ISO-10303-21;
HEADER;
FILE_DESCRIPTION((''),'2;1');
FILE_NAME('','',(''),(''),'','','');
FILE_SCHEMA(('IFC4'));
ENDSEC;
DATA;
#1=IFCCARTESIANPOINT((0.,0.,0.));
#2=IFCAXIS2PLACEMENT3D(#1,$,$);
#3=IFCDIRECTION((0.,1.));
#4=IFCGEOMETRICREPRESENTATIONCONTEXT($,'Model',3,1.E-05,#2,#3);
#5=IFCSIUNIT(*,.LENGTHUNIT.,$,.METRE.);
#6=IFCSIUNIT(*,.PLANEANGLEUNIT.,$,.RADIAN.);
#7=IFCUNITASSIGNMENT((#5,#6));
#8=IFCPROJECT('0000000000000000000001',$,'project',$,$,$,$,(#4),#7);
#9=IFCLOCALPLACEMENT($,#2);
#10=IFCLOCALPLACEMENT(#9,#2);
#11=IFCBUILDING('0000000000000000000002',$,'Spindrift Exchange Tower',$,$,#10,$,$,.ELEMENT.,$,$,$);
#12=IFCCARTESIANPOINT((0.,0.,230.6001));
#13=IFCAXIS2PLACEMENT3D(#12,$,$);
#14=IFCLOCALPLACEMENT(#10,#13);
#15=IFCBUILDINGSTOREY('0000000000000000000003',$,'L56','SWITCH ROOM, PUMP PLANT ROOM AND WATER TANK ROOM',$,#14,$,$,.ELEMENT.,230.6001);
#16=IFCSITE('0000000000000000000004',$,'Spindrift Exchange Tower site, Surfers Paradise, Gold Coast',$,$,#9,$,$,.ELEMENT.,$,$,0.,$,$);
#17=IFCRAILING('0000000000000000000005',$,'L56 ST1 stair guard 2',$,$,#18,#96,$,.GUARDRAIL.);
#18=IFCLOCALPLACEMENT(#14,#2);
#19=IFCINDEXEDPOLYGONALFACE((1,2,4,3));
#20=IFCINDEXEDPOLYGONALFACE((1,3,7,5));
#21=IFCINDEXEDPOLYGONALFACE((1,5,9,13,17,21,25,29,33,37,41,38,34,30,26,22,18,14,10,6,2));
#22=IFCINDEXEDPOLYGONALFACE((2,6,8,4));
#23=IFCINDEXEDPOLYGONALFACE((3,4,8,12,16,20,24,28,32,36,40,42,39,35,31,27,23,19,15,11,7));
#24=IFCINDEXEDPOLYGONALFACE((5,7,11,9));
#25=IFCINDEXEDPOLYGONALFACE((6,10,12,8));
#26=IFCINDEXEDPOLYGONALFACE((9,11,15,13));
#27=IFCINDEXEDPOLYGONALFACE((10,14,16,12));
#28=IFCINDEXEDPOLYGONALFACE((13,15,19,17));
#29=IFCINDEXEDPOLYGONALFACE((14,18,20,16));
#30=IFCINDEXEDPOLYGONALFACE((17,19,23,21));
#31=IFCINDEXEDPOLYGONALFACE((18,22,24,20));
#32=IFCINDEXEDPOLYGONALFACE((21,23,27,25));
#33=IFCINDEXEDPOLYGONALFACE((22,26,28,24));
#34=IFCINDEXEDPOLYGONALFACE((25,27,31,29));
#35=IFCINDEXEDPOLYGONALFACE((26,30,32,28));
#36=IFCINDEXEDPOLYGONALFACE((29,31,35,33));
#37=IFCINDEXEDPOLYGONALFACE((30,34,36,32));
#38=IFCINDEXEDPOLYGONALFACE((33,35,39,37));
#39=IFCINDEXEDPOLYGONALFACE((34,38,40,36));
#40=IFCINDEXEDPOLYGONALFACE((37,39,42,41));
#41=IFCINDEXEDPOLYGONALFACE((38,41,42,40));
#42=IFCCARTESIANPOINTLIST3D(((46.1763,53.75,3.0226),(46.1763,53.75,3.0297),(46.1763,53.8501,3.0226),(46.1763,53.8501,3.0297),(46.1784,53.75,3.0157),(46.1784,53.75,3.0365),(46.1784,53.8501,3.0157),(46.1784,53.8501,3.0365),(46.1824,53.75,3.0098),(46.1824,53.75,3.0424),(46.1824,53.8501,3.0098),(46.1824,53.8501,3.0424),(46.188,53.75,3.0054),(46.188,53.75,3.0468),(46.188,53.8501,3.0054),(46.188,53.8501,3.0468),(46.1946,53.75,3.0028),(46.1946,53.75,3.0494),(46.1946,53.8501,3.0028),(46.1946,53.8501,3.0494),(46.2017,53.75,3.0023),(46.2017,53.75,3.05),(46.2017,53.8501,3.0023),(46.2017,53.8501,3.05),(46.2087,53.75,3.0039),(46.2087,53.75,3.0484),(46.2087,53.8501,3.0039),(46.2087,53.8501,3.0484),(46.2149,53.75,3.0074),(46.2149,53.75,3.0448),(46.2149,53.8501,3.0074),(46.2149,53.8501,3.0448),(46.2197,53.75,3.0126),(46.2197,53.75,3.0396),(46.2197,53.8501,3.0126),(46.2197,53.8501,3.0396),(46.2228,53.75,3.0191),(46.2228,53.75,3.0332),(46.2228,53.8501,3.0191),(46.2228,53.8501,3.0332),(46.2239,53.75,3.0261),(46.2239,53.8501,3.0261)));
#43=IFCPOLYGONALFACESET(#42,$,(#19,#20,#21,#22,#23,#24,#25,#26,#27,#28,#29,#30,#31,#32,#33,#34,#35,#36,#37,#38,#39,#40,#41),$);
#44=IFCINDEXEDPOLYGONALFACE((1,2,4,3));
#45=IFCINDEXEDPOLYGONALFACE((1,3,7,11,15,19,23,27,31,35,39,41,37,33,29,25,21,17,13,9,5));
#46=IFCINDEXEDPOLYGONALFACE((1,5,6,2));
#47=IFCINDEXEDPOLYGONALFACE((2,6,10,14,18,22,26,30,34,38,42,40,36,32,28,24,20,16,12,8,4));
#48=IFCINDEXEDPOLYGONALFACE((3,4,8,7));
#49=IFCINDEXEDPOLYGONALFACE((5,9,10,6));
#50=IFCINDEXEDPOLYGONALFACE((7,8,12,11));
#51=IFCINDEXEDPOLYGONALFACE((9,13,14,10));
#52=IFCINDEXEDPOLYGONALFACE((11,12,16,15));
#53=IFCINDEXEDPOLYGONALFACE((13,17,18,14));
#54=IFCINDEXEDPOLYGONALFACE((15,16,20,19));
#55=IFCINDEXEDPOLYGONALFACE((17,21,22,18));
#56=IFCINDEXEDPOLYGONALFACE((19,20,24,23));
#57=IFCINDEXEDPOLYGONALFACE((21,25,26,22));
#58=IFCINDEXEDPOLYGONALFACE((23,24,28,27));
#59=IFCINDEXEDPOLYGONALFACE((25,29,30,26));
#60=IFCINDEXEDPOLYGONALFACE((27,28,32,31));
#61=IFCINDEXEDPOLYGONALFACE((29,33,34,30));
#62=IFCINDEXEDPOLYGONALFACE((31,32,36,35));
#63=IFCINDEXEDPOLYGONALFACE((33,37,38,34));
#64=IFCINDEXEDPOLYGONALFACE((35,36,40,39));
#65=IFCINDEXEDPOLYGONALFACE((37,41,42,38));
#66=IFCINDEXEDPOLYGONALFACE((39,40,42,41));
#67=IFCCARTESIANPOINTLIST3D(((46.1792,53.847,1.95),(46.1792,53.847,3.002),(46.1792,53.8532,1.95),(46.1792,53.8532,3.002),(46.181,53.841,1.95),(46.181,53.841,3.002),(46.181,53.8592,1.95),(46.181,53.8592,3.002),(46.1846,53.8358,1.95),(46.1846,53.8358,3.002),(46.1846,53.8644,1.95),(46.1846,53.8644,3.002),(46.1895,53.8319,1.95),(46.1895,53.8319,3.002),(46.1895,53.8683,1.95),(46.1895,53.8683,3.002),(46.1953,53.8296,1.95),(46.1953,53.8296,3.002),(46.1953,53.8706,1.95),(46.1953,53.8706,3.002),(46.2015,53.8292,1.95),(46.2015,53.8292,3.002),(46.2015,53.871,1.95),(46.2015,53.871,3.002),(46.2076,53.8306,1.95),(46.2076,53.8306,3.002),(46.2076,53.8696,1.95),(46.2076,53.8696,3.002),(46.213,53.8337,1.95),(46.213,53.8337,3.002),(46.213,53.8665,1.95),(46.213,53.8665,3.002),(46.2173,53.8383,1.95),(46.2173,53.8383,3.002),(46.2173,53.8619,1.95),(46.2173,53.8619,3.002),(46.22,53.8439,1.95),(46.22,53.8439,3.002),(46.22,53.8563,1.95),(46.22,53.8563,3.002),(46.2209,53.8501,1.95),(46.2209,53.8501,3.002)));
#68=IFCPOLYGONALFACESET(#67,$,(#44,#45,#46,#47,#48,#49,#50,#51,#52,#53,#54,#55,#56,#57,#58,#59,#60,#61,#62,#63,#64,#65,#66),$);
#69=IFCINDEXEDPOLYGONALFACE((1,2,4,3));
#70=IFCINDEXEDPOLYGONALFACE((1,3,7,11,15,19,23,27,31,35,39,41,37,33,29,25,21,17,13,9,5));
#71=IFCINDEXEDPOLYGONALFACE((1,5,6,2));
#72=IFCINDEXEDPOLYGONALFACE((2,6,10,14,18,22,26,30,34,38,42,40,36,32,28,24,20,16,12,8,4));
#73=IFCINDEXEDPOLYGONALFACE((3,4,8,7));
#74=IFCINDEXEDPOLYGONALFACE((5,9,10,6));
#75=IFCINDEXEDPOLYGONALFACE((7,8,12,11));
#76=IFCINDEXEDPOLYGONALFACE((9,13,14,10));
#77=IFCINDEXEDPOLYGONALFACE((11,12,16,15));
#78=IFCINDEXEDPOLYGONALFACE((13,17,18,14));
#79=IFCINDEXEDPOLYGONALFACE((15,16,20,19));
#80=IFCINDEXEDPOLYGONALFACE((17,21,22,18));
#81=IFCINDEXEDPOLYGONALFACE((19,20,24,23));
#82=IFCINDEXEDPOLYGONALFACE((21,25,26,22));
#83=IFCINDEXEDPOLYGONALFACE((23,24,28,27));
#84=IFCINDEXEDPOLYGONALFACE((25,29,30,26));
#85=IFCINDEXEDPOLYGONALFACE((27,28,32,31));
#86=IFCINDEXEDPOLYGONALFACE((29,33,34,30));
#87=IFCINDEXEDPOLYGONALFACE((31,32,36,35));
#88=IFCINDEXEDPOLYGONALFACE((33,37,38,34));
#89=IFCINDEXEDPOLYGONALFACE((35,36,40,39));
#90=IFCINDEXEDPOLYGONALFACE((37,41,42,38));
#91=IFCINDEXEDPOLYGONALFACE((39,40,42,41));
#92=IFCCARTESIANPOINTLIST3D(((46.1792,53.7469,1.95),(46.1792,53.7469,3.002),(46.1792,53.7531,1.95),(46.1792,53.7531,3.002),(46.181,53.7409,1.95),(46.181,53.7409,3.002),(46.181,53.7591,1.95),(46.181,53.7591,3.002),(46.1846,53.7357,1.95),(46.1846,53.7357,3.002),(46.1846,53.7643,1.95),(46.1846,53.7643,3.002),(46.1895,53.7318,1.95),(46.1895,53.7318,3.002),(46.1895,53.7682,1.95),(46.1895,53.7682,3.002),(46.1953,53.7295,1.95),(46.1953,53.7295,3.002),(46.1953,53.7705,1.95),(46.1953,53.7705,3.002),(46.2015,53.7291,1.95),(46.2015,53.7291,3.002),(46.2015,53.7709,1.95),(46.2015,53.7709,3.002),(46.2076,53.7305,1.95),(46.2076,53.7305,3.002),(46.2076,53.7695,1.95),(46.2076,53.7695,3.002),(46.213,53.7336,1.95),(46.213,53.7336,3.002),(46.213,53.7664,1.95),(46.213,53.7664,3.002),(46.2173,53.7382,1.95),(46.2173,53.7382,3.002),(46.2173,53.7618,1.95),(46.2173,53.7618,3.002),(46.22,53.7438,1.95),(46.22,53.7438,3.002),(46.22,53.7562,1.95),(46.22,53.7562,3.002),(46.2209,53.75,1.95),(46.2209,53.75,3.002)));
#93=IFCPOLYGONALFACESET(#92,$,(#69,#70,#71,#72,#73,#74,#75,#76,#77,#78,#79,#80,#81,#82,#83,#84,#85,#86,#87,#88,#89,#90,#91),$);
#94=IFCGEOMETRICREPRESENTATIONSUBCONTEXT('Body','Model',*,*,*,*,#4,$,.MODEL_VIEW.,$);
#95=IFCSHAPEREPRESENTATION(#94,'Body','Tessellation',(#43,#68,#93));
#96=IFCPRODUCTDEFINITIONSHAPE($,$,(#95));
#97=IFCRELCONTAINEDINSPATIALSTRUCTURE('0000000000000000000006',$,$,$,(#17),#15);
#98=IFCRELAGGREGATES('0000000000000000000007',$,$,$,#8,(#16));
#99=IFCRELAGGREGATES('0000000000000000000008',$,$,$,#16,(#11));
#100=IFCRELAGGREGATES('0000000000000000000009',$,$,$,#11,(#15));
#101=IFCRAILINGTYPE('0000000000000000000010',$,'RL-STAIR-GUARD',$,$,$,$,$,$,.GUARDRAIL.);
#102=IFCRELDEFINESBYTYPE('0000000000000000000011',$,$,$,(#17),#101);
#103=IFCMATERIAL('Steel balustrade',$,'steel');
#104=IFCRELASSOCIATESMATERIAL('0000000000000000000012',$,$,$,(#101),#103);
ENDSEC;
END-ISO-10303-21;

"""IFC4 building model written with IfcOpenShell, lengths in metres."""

from ifc_helpers import new_model, si_unit, direction, frame, origin, origin_2d, place, context, subcontext, project, spatial, circle, extrude, material, type_object, element, save


model = new_model("IFC4")

# Units and contexts
model_context = context("Model", 3, precision=1e-05, world=origin(), true_north=direction((0.0, 1.0)))
body_context = subcontext(model_context, "Body", "Model", "MODEL_VIEW")
ifc_project = project(units=[si_unit("LENGTHUNIT", "METRE"), si_unit("PLANEANGLEUNIT", "RADIAN")], contexts=[model_context])

# Site, building, storey
site_placement = place(None, origin())
site = spatial("IfcSite", under=ifc_project, at=site_placement, Name="Spindrift Exchange Tower site, Surfers Paradise, Gold Coast", CompositionType="ELEMENT", RefElevation=0.0)
building_placement = place(site_placement, origin())
building = spatial("IfcBuilding", under=site, at=building_placement, Name="Spindrift Exchange Tower", CompositionType="ELEMENT")
storey_placement = place(building_placement, frame((0.0, 0.0, 230.6001)))
storey = spatial("IfcBuildingStorey", under=building, at=storey_placement, Name="L56", Description="SWITCH ROOM, PUMP PLANT ROOM AND WATER TANK ROOM", CompositionType="ELEMENT", Elevation=230.6001)

# Railing
ifc_material_1 = material(Name="Steel balustrade", Category="steel")
railing_type_1 = type_object("IfcRailingType", Name="RL-STAIR-GUARD", PredefinedType="GUARDRAIL", material=ifc_material_1)
railing_1_placement = place(storey_placement, frame((46.2, 53.8501, 1.95)))
element("IfcRailing", 1, at=railing_1_placement, inside=storey, type_object=railing_type_1, Name="L56 ST1 stair guard 2", PredefinedType="GUARDRAIL", context=body_context, shape_type="SweptSolid", body=[
    extrude(circle(Radius=0.0239, at=origin_2d()), frame((0.0, 0.0, 1.0762), z_axis=(0.0, -1.0, 0.0), x_axis=(1.0, 0.0, 0.0)), (0.0, 0.0, 1.0), 0.1001),
    extrude(circle(Radius=0.021, at=origin_2d()), origin(), (0.0, 0.0, 1.0), 1.052),
    extrude(circle(Radius=0.021, at=origin_2d()), frame((0.0, -0.1001, 0.0)), (0.0, 0.0, 1.0), 1.052),
])

save(model, "model.ifc")
